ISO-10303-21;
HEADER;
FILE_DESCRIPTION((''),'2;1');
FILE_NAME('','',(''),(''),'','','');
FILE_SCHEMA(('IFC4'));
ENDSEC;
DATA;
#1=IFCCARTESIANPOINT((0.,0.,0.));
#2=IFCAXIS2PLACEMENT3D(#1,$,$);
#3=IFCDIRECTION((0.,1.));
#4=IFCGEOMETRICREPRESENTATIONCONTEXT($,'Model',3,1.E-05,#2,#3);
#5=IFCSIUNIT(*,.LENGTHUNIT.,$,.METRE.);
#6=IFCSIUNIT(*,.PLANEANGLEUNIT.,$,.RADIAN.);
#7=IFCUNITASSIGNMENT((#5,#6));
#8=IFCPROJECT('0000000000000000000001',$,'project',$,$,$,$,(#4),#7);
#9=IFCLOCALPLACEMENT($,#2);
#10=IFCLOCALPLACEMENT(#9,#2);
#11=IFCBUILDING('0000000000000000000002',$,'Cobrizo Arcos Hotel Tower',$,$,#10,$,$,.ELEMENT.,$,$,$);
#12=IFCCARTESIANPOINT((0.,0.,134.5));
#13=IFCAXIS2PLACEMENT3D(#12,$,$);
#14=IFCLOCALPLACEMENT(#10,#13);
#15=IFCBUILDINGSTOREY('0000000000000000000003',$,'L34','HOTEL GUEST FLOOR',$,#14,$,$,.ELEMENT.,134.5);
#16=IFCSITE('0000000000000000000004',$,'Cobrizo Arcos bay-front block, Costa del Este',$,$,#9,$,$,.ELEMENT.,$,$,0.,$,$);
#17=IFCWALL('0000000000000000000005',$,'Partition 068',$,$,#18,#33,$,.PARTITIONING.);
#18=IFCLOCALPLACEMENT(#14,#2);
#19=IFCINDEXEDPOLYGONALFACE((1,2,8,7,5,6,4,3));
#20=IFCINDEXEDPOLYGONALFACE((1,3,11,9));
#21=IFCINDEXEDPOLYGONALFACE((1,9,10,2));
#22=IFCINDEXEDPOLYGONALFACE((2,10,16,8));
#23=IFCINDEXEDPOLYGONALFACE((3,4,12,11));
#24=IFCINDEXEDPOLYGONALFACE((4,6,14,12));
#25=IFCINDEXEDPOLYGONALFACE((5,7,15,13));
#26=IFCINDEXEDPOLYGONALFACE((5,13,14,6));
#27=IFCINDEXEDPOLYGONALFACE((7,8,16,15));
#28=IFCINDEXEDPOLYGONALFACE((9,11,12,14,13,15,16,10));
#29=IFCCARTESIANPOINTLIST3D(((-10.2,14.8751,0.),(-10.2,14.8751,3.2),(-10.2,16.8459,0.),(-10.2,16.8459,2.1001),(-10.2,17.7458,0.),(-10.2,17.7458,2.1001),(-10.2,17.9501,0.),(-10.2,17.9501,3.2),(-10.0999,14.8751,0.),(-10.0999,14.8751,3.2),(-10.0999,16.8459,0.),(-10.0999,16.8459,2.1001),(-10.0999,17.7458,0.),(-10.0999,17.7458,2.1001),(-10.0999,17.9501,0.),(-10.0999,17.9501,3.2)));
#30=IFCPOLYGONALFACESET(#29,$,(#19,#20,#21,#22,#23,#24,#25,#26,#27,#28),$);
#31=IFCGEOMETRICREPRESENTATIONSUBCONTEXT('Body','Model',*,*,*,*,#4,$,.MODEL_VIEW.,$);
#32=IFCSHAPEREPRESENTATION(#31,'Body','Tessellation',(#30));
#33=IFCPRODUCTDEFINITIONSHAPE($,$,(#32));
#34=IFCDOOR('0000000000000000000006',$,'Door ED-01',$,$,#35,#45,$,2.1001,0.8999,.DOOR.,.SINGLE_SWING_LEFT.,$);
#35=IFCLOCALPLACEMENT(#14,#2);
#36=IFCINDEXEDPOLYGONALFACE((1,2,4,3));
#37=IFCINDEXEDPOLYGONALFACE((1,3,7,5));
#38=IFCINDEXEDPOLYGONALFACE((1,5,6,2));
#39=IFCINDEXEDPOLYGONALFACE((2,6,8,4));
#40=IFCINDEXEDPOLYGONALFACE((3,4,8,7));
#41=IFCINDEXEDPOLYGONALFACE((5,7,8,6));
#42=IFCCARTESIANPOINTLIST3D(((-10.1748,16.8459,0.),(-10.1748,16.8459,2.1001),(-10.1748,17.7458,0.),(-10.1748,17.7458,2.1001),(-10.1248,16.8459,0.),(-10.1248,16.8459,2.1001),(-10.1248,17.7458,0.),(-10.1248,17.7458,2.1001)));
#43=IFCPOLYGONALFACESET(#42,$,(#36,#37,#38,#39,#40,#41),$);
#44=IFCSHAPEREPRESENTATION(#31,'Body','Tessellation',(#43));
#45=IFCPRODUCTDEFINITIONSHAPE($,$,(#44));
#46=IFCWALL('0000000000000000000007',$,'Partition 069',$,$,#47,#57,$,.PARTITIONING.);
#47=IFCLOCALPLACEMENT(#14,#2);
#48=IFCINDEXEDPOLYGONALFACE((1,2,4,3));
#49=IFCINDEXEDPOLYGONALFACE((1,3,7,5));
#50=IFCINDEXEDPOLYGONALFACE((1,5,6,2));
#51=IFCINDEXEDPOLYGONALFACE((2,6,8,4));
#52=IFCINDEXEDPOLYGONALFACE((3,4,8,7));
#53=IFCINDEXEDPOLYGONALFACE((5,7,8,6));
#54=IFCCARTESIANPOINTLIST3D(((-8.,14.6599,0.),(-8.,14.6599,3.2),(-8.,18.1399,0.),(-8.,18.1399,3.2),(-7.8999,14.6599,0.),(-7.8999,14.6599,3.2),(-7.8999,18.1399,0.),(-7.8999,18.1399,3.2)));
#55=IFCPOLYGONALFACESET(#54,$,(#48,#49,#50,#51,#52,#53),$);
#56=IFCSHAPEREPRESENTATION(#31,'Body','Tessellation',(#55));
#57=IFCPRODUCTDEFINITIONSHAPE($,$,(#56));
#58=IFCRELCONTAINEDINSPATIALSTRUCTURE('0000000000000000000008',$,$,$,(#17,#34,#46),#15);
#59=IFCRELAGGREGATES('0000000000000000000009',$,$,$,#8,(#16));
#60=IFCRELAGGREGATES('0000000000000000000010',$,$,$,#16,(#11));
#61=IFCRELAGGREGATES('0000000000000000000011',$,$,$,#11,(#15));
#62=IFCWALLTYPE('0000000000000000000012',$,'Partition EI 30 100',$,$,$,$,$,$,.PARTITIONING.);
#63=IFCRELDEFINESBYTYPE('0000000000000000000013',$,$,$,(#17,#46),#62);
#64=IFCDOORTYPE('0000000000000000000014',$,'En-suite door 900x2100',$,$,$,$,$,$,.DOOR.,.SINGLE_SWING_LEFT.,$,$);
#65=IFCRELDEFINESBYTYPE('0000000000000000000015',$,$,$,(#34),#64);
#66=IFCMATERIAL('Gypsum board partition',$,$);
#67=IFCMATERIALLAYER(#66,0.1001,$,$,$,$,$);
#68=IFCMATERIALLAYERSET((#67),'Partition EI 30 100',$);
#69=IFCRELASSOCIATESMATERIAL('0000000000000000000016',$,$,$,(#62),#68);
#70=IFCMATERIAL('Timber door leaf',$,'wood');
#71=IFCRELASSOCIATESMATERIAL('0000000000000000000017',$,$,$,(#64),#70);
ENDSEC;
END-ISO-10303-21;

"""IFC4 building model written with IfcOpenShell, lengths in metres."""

from ifc_helpers import new_model, si_unit, direction, frame, frame_2d, origin, place, context, subcontext, project, spatial, rectangle, extrude, material, layer, layer_set, type_object, element, fill, save


model = new_model("IFC4")

# Units and contexts
model_context = context("Model", 3, precision=1e-05, world=origin(), true_north=direction((0.0, 1.0)))
body_context = subcontext(model_context, "Body", "Model", "MODEL_VIEW")
ifc_project = project(units=[si_unit("LENGTHUNIT", "METRE"), si_unit("PLANEANGLEUNIT", "RADIAN")], contexts=[model_context])

# Site, building, storey
site_placement = place(None, origin())
site = spatial("IfcSite", under=ifc_project, at=site_placement, Name="Cobrizo Arcos bay-front block, Costa del Este", CompositionType="ELEMENT", RefElevation=0.0)
building_placement = place(site_placement, origin())
building = spatial("IfcBuilding", under=site, at=building_placement, Name="Cobrizo Arcos Hotel Tower", CompositionType="ELEMENT")
storey_placement = place(building_placement, frame((0.0, 0.0, 134.5)))
storey = spatial("IfcBuildingStorey", under=building, at=storey_placement, Name="L34", Description="HOTEL GUEST FLOOR", CompositionType="ELEMENT", Elevation=134.5)

# Shared definitions
ifc_material_1 = material(Name="Gypsum board partition")
ifc_layer_1 = layer(ifc_material_1, 0.1001)
ifc_layer_set_1 = layer_set([ifc_layer_1], Name="Partition EI 30 100")
wall_type_1 = type_object("IfcWallType", Name="Partition EI 30 100", PredefinedType="PARTITIONING", material=ifc_layer_set_1)

# Wall, opening, door
wall_1_placement = place(storey_placement, frame((-10.1499, 14.875, 0.0), z_axis=(0.0, 0.0, 1.0), x_axis=(0.0, 1.0, 0.0)))
wall_1 = element("IfcWall", 1, at=wall_1_placement, inside=storey, type_object=wall_type_1, Name="Partition 068", PredefinedType="PARTITIONING", context=body_context, shape_type="SweptSolid", body=[
    extrude(rectangle(XDim=3.075, YDim=0.1001, at=frame_2d((1.5376, 0.0))), origin(), (0.0, 0.0, 1.0), 3.2),
])
opening_placement = place(wall_1_placement, frame((1.9709, 0.0, 0.0)))
opening = element("IfcOpeningElement", 2, at=opening_placement, cuts=wall_1, PredefinedType="OPENING", context=body_context, shape_type="SweptSolid", body=[
    extrude(rectangle(XDim=0.8999, YDim=2.1001, at=frame_2d((0.45, 1.05))), frame((0.0, 0.062, 0.0), z_axis=(0.0, -1.0, 0.0), x_axis=(1.0, 0.0, 0.0)), (0.0, 0.0, 1.0), 0.124),
])
ifc_material_2 = material(Name="Timber door leaf", Category="wood")
door_type = type_object("IfcDoorType", Name="En-suite door 900x2100", OperationType="SINGLE_SWING_LEFT", PredefinedType="DOOR", material=ifc_material_2)
door_placement = place(opening_placement, origin())
door = element("IfcDoor", 3, at=door_placement, inside=storey, type_object=door_type, Name="Door ED-01", OperationType="SINGLE_SWING_LEFT", OverallHeight=2.1001, OverallWidth=0.8999, PredefinedType="DOOR", context=body_context, shape_type="SweptSolid", body=[
    extrude(rectangle(XDim=0.8999, YDim=2.1001, at=frame_2d((0.45, 1.05))), frame((0.0, 0.0249, 0.0), z_axis=(0.0, -1.0, 0.0), x_axis=(1.0, 0.0, 0.0)), (0.0, 0.0, 1.0), 0.05),
])
fill(opening, door)

# Wall
wall_2_placement = place(storey_placement, frame((-7.95, 14.6599, 0.0), z_axis=(0.0, 0.0, 1.0), x_axis=(0.0, 1.0, 0.0)))
element("IfcWall", 4, at=wall_2_placement, inside=storey, type_object=wall_type_1, Name="Partition 069", PredefinedType="PARTITIONING", context=body_context, shape_type="SweptSolid", body=[
    extrude(rectangle(XDim=3.48, YDim=0.1001, at=frame_2d((1.74, 0.0))), origin(), (0.0, 0.0, 1.0), 3.2),
])

save(model, "model.ifc")
